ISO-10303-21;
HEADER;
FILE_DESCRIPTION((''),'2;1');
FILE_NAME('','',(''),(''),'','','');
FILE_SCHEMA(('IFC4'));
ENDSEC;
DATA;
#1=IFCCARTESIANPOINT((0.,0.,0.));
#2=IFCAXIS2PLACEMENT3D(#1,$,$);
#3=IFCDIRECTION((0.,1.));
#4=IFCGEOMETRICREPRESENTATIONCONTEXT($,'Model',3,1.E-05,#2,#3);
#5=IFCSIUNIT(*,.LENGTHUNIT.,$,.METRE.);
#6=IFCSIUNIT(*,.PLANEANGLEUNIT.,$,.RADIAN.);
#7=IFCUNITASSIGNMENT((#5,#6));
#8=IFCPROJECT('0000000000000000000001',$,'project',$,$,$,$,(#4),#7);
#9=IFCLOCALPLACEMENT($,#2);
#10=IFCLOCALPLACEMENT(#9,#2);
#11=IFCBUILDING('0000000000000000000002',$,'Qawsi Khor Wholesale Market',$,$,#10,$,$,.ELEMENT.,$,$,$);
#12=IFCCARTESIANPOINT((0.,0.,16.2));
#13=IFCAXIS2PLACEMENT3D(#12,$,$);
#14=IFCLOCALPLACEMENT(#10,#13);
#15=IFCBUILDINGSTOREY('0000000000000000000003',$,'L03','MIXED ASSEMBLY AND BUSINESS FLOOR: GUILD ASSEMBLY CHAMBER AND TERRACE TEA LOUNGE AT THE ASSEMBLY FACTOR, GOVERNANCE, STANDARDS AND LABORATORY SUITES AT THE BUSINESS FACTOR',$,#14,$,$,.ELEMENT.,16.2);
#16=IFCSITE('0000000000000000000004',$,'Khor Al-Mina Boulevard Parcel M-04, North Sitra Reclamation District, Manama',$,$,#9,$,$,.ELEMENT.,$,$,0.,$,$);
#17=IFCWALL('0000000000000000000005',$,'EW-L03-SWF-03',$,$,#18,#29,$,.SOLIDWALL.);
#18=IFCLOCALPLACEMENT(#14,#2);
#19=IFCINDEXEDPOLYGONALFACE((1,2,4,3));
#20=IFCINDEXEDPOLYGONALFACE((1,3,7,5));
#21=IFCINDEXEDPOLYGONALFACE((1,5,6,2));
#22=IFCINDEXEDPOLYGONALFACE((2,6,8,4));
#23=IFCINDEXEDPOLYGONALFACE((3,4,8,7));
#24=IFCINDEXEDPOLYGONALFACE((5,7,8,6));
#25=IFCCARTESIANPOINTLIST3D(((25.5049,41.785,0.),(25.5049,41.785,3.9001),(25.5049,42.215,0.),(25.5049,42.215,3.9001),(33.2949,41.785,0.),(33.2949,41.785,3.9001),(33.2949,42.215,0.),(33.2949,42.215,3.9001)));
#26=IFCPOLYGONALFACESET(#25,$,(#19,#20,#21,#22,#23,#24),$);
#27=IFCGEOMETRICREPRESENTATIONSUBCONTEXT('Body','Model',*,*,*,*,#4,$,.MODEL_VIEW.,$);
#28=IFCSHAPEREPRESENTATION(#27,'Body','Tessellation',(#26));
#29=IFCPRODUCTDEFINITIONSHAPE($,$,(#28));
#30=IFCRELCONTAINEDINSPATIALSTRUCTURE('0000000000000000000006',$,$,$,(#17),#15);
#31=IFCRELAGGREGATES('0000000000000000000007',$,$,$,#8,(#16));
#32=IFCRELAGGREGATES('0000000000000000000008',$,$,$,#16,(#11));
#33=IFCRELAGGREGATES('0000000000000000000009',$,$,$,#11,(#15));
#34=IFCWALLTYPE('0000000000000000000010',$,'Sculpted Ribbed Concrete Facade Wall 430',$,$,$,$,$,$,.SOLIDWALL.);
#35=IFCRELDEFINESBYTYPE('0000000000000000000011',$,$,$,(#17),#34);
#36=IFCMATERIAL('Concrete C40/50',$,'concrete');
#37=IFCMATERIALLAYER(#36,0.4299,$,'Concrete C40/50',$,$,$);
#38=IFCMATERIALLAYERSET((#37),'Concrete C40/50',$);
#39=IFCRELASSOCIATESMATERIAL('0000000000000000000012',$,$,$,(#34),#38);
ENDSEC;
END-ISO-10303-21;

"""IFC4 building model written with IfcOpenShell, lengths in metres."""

from ifc_helpers import new_model, si_unit, direction, frame, frame_2d, origin, place, context, subcontext, project, spatial, rectangle, extrude, material, layer, layer_set, type_object, element, save


model = new_model("IFC4")

# Units and contexts
model_context = context("Model", 3, precision=1e-05, world=origin(), true_north=direction((0.0, 1.0)))
body_context = subcontext(model_context, "Body", "Model", "MODEL_VIEW")
ifc_project = project(units=[si_unit("LENGTHUNIT", "METRE"), si_unit("PLANEANGLEUNIT", "RADIAN")], contexts=[model_context])

# Site, building, storey
site_placement = place(None, origin())
site = spatial("IfcSite", under=ifc_project, at=site_placement, Name="Khor Al-Mina Boulevard Parcel M-04, North Sitra Reclamation District, Manama", CompositionType="ELEMENT", RefElevation=0.0)
building_placement = place(site_placement, origin())
building = spatial("IfcBuilding", under=site, at=building_placement, Name="Qawsi Khor Wholesale Market", CompositionType="ELEMENT")
storey_placement = place(building_placement, frame((0.0, 0.0, 16.2)))
storey = spatial("IfcBuildingStorey", under=building, at=storey_placement, Name="L03", Description="MIXED ASSEMBLY AND BUSINESS FLOOR: GUILD ASSEMBLY CHAMBER AND TERRACE TEA LOUNGE AT THE ASSEMBLY FACTOR, GOVERNANCE, STANDARDS AND LABORATORY SUITES AT THE BUSINESS FACTOR", CompositionType="ELEMENT", Elevation=16.2)

# Shared definitions
ifc_material_1 = material(Name="Concrete C40/50", Category="concrete")

# Wall
ifc_layer_1 = layer(ifc_material_1, 0.4299, Name="Concrete C40/50")
ifc_layer_set_1 = layer_set([ifc_layer_1], Name="Concrete C40/50")
wall_type = type_object("IfcWallType", Name="Sculpted Ribbed Concrete Facade Wall 430", PredefinedType="SOLIDWALL", material=ifc_layer_set_1)
wall_placement = place(storey_placement, frame((25.5049, 42.0, 0.0), z_axis=(0.0, 0.0, 1.0), x_axis=(1.0, 0.0, 0.0)))
element("IfcWall", 1, at=wall_placement, inside=storey, type_object=wall_type, Name="EW-L03-SWF-03", PredefinedType="SOLIDWALL", context=body_context, shape_type="SweptSolid", body=[
    extrude(rectangle(XDim=7.79, YDim=0.4299, at=frame_2d((3.895, 0.0))), origin(), (0.0, 0.0, 1.0), 3.9001),
])

save(model, "model.ifc")
